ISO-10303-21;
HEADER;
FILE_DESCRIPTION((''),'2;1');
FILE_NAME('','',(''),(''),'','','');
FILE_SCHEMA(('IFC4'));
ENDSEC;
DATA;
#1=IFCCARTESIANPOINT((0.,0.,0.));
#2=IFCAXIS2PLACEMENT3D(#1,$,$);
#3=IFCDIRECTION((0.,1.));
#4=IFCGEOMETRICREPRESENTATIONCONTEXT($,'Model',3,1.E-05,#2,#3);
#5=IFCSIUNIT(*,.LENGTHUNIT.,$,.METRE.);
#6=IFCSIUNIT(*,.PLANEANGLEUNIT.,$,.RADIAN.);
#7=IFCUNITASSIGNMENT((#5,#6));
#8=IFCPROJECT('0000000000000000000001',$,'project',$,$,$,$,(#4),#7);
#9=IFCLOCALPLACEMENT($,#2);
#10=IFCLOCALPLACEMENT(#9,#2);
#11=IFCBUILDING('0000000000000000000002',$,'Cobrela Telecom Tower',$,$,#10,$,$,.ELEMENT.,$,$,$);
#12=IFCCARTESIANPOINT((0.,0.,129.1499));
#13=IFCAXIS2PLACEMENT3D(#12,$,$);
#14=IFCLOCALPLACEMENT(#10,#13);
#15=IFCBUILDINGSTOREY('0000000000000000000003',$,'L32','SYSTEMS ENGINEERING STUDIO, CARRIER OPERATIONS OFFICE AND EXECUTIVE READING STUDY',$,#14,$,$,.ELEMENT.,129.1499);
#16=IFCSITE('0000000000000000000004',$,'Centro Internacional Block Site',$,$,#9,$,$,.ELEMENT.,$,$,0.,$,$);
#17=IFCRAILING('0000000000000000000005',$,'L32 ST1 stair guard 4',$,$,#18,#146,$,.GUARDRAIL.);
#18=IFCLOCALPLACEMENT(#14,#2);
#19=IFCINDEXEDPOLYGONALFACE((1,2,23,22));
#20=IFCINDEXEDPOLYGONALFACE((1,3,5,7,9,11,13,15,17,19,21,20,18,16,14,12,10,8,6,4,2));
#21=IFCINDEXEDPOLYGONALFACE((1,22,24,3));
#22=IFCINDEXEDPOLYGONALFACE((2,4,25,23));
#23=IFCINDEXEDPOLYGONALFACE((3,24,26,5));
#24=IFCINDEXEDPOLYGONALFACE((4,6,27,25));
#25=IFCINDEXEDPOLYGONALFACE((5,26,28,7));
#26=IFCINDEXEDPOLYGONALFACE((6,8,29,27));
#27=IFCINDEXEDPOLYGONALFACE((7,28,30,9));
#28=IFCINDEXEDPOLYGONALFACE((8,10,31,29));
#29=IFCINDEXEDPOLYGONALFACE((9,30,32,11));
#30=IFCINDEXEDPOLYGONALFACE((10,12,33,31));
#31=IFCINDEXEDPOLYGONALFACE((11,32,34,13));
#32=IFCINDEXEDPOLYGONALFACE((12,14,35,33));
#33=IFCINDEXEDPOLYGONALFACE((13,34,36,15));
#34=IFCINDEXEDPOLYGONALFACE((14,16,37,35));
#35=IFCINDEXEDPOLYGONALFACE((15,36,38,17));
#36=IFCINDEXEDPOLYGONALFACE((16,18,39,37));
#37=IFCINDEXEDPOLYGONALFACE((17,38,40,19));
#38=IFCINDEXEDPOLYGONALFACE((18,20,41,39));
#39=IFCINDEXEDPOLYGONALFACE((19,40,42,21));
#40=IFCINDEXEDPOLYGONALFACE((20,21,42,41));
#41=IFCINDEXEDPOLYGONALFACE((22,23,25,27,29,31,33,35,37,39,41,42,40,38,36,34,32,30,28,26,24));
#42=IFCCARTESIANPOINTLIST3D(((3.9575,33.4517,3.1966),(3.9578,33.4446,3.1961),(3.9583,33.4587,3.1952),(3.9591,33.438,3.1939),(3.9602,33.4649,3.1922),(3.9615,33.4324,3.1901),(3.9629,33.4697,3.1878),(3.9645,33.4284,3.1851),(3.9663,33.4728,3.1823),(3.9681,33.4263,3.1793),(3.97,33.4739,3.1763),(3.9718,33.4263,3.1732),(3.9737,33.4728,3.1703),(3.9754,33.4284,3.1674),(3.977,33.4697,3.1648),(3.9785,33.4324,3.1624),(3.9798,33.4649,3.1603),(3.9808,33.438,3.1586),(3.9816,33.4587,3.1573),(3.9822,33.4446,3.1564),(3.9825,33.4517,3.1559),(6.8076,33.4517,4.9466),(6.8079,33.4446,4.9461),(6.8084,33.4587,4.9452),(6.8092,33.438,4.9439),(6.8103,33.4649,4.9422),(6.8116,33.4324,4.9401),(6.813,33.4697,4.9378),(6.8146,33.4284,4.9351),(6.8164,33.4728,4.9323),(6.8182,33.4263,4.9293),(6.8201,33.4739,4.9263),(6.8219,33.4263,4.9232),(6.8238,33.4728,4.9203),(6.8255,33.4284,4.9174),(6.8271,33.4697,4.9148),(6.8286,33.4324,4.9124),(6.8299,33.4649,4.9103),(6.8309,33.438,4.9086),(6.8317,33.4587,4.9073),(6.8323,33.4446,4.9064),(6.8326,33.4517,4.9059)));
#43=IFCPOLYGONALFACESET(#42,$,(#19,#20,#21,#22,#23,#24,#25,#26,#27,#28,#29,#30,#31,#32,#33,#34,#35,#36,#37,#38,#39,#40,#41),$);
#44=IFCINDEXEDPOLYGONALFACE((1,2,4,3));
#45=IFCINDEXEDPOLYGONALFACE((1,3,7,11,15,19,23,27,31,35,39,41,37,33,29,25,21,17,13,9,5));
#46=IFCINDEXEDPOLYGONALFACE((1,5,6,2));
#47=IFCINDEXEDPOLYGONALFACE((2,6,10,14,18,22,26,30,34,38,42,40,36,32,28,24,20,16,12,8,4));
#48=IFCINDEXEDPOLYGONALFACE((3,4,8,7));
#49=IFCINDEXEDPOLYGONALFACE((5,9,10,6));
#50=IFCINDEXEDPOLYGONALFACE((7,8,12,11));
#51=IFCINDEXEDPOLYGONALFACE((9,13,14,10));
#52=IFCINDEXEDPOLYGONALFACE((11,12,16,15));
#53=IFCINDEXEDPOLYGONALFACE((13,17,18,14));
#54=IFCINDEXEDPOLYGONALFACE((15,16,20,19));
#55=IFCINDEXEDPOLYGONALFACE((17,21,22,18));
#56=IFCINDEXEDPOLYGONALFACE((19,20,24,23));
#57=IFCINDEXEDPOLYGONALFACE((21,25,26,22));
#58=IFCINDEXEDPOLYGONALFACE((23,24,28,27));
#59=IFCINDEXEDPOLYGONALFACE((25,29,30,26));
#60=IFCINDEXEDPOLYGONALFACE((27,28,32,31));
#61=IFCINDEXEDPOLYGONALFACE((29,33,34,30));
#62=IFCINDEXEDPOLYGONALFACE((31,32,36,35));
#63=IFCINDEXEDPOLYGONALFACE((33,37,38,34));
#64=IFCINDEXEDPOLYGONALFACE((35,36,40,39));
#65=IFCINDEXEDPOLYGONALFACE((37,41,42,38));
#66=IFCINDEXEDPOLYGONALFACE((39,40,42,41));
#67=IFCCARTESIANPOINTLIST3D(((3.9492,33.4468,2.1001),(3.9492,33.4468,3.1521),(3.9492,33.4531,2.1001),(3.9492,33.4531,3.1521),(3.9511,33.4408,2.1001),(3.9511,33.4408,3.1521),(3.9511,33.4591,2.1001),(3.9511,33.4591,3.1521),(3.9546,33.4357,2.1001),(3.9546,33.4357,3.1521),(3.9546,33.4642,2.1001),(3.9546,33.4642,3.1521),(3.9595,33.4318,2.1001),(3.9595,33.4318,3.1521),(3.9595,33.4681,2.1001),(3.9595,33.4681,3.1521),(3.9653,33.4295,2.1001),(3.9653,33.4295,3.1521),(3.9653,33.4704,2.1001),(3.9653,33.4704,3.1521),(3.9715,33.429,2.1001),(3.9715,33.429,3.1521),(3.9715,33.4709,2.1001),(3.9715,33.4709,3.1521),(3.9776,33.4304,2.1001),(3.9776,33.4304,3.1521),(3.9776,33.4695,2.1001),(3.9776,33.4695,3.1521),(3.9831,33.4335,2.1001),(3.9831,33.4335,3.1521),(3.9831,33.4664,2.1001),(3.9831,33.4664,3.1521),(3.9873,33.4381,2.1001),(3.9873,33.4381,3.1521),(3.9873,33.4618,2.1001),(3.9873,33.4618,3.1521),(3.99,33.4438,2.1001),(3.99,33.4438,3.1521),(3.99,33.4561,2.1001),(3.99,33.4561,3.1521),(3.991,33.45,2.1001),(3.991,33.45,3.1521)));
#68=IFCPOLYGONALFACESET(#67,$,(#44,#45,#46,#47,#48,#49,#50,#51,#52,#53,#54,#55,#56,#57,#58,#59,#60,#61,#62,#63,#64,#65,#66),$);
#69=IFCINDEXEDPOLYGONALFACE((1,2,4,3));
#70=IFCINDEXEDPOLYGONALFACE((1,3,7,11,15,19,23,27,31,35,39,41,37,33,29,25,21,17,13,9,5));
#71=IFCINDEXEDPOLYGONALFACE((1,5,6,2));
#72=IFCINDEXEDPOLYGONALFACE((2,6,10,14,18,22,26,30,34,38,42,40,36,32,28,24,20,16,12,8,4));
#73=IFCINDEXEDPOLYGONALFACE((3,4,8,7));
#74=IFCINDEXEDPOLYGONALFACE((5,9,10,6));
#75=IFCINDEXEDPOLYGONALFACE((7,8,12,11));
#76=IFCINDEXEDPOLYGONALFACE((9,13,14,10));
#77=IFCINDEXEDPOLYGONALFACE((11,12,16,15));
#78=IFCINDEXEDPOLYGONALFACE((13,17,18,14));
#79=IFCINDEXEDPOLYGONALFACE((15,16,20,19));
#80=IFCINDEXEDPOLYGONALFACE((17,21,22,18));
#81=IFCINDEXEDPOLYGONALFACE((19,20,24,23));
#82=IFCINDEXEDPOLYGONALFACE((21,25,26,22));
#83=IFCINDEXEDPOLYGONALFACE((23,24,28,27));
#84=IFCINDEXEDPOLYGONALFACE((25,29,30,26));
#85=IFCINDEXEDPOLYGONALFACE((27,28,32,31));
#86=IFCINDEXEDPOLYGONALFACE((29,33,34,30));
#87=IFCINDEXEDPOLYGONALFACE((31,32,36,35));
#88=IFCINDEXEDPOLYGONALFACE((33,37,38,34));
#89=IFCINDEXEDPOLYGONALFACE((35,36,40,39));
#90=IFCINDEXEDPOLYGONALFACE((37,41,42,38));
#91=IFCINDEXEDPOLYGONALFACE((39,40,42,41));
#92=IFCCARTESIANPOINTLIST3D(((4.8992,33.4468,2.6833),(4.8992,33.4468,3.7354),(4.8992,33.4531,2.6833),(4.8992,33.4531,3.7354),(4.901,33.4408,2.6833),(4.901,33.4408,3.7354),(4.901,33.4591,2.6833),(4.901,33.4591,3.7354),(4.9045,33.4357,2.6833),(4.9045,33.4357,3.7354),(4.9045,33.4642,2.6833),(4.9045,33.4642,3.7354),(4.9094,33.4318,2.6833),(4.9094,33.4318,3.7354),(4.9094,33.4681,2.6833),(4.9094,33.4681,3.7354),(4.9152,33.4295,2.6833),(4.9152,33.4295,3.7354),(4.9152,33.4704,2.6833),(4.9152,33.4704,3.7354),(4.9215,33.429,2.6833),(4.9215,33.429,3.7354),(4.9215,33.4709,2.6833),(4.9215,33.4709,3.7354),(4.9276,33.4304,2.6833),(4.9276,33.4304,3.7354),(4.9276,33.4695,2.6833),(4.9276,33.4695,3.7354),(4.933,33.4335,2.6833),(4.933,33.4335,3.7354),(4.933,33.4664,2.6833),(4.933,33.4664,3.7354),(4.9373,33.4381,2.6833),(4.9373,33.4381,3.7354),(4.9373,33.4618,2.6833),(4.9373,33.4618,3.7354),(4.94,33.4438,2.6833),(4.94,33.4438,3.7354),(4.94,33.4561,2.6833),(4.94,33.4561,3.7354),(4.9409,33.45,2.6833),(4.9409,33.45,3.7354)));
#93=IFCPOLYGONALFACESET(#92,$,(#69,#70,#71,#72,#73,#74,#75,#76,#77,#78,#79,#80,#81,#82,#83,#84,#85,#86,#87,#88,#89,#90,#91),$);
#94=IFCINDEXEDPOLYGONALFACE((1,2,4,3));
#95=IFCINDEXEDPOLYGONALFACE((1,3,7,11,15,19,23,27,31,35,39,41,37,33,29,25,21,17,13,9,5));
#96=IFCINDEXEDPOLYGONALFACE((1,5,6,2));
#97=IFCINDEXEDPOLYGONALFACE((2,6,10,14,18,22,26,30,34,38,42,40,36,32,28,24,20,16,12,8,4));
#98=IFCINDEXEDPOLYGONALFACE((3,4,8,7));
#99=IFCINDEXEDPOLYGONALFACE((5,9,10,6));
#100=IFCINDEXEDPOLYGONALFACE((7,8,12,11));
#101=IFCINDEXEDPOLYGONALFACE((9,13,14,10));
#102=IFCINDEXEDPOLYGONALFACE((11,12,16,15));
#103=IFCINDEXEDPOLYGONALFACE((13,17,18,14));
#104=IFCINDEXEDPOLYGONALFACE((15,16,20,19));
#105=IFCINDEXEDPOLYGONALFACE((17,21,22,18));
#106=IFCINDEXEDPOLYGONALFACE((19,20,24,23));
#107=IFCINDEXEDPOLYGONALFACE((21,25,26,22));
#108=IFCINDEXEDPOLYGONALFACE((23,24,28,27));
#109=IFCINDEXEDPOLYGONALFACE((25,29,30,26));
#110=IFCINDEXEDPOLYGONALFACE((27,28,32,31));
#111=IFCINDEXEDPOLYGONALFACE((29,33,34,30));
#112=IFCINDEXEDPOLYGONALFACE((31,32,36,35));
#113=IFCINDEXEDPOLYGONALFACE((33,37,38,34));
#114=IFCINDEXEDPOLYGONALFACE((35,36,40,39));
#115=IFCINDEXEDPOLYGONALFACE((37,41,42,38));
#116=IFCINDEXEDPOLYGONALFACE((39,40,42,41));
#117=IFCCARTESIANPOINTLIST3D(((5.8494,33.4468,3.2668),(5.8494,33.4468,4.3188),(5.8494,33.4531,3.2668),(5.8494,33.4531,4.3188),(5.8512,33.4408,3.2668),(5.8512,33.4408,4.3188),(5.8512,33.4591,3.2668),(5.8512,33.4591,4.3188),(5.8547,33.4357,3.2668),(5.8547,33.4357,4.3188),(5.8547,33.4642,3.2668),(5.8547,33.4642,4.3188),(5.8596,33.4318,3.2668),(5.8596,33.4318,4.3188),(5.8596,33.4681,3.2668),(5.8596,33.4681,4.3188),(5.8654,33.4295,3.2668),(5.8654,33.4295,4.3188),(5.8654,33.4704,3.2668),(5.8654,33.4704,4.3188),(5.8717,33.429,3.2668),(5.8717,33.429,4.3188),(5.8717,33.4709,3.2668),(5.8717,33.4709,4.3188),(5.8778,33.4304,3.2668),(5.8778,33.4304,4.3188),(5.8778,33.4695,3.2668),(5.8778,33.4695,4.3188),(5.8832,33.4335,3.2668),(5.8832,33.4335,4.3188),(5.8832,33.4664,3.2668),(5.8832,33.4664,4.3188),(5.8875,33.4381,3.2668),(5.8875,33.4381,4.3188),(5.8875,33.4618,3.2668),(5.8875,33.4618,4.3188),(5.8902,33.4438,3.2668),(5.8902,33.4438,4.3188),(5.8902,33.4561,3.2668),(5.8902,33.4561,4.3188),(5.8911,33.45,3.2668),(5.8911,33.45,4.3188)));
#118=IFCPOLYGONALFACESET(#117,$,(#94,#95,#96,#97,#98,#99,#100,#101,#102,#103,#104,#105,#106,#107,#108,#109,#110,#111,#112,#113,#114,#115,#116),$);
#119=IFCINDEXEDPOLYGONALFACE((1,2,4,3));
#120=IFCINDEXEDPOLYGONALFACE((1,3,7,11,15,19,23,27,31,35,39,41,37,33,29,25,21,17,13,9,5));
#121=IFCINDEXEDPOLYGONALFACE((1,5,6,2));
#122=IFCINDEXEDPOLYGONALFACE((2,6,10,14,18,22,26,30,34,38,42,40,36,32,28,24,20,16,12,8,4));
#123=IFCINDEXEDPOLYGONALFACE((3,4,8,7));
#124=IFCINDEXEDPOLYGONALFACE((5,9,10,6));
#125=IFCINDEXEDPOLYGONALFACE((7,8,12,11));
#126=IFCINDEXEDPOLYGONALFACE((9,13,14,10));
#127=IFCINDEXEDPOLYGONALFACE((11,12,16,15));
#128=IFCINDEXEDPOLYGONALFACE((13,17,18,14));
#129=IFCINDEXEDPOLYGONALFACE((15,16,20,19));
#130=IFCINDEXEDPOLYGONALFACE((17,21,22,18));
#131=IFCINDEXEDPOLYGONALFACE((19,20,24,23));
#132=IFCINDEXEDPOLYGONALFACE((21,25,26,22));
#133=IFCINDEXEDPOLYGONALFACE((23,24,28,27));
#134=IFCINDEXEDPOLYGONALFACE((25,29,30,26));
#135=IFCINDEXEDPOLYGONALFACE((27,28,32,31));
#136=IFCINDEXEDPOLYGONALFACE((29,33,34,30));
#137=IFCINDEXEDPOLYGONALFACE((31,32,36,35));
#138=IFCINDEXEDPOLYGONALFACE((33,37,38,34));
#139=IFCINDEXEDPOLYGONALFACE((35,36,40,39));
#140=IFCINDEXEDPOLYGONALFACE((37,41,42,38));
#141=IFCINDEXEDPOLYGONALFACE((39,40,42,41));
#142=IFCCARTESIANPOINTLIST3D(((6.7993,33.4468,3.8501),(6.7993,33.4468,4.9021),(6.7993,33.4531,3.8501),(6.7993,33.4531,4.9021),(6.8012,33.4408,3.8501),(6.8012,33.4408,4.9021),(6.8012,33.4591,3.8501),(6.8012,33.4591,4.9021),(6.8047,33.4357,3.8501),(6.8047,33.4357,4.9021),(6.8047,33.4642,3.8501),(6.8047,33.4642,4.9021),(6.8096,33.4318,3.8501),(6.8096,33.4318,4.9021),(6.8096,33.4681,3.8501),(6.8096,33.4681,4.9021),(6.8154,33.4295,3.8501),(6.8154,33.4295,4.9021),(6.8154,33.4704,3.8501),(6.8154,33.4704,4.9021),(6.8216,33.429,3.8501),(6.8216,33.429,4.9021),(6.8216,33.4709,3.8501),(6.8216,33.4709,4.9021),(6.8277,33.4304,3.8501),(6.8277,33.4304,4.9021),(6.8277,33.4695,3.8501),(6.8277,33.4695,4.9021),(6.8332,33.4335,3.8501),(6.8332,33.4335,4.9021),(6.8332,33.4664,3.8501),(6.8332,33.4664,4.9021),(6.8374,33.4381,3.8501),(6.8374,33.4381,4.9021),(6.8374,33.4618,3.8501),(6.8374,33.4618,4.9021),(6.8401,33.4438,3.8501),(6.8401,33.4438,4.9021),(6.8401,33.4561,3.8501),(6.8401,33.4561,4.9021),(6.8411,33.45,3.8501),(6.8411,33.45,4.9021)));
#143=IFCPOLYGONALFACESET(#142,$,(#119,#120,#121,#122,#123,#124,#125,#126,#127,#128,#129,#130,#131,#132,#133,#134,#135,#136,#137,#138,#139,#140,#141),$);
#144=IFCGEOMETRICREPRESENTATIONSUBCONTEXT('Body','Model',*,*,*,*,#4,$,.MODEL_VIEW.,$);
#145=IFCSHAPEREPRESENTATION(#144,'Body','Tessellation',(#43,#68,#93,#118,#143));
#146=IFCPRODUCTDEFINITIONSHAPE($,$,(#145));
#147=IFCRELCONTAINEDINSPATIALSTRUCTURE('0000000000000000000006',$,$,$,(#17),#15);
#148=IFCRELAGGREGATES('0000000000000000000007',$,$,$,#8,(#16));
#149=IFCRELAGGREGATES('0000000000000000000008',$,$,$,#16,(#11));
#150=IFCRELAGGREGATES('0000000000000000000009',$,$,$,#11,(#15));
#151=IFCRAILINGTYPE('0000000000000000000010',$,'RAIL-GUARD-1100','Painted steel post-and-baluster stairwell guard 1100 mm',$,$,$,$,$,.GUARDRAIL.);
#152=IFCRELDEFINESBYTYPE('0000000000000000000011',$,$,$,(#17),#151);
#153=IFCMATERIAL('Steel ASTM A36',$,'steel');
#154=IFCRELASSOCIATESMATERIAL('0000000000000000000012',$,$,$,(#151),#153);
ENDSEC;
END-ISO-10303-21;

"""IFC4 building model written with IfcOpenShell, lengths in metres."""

from ifc_helpers import new_model, si_unit, direction, frame, origin, origin_2d, place, context, subcontext, project, spatial, circle, extrude, material, type_object, element, save


model = new_model("IFC4")

# Units and contexts
model_context = context("Model", 3, precision=1e-05, world=origin(), true_north=direction((0.0, 1.0)))
body_context = subcontext(model_context, "Body", "Model", "MODEL_VIEW")
ifc_project = project(units=[si_unit("LENGTHUNIT", "METRE"), si_unit("PLANEANGLEUNIT", "RADIAN")], contexts=[model_context])

# Site, building, storey
site_placement = place(None, origin())
site = spatial("IfcSite", under=ifc_project, at=site_placement, Name="Centro Internacional Block Site", CompositionType="ELEMENT", RefElevation=0.0)
building_placement = place(site_placement, origin())
building = spatial("IfcBuilding", under=site, at=building_placement, Name="Cobrela Telecom Tower", CompositionType="ELEMENT")
storey_placement = place(building_placement, frame((0.0, 0.0, 129.1499)))
storey = spatial("IfcBuildingStorey", under=building, at=storey_placement, Name="L32", Description="SYSTEMS ENGINEERING STUDIO, CARRIER OPERATIONS OFFICE AND EXECUTIVE READING STUDY", CompositionType="ELEMENT", Elevation=129.1499)

# Shared definitions
ifc_material_1 = material(Name="Steel ASTM A36", Category="steel")

# Railing
railing_type_1 = type_object("IfcRailingType", Name="RAIL-GUARD-1100", Description="Painted steel post-and-baluster stairwell guard 1100 mm", PredefinedType="GUARDRAIL", material=ifc_material_1)
railing_1_placement = place(storey_placement, frame((3.97, 33.45, 2.1001)))
element("IfcRailing", 1, at=railing_1_placement, inside=storey, type_object=railing_type_1, Name="L32 ST1 stair guard 4", PredefinedType="GUARDRAIL", context=body_context, shape_type="SweptSolid", body=[
    extrude(circle(Radius=0.0239, at=origin_2d()), frame((0.0, 0.0, 1.0762), z_axis=(0.852179, 0.0, 0.52325), x_axis=(0.0, 1.0, 0.0)), (0.0, 0.0, 1.0), 3.3445),
    extrude(circle(Radius=0.021, at=origin_2d()), origin(), (0.0, 0.0, 1.0), 1.052),
    extrude(circle(Radius=0.021, at=origin_2d()), frame((0.95, 0.0, 0.5833)), (0.0, 0.0, 1.0), 1.052),
    extrude(circle(Radius=0.021, at=origin_2d()), frame((1.9001, 0.0, 1.1667)), (0.0, 0.0, 1.0), 1.052),
    extrude(circle(Radius=0.021, at=origin_2d()), frame((2.8501, 0.0, 1.75)), (0.0, 0.0, 1.0), 1.052),
])

save(model, "model.ifc")
